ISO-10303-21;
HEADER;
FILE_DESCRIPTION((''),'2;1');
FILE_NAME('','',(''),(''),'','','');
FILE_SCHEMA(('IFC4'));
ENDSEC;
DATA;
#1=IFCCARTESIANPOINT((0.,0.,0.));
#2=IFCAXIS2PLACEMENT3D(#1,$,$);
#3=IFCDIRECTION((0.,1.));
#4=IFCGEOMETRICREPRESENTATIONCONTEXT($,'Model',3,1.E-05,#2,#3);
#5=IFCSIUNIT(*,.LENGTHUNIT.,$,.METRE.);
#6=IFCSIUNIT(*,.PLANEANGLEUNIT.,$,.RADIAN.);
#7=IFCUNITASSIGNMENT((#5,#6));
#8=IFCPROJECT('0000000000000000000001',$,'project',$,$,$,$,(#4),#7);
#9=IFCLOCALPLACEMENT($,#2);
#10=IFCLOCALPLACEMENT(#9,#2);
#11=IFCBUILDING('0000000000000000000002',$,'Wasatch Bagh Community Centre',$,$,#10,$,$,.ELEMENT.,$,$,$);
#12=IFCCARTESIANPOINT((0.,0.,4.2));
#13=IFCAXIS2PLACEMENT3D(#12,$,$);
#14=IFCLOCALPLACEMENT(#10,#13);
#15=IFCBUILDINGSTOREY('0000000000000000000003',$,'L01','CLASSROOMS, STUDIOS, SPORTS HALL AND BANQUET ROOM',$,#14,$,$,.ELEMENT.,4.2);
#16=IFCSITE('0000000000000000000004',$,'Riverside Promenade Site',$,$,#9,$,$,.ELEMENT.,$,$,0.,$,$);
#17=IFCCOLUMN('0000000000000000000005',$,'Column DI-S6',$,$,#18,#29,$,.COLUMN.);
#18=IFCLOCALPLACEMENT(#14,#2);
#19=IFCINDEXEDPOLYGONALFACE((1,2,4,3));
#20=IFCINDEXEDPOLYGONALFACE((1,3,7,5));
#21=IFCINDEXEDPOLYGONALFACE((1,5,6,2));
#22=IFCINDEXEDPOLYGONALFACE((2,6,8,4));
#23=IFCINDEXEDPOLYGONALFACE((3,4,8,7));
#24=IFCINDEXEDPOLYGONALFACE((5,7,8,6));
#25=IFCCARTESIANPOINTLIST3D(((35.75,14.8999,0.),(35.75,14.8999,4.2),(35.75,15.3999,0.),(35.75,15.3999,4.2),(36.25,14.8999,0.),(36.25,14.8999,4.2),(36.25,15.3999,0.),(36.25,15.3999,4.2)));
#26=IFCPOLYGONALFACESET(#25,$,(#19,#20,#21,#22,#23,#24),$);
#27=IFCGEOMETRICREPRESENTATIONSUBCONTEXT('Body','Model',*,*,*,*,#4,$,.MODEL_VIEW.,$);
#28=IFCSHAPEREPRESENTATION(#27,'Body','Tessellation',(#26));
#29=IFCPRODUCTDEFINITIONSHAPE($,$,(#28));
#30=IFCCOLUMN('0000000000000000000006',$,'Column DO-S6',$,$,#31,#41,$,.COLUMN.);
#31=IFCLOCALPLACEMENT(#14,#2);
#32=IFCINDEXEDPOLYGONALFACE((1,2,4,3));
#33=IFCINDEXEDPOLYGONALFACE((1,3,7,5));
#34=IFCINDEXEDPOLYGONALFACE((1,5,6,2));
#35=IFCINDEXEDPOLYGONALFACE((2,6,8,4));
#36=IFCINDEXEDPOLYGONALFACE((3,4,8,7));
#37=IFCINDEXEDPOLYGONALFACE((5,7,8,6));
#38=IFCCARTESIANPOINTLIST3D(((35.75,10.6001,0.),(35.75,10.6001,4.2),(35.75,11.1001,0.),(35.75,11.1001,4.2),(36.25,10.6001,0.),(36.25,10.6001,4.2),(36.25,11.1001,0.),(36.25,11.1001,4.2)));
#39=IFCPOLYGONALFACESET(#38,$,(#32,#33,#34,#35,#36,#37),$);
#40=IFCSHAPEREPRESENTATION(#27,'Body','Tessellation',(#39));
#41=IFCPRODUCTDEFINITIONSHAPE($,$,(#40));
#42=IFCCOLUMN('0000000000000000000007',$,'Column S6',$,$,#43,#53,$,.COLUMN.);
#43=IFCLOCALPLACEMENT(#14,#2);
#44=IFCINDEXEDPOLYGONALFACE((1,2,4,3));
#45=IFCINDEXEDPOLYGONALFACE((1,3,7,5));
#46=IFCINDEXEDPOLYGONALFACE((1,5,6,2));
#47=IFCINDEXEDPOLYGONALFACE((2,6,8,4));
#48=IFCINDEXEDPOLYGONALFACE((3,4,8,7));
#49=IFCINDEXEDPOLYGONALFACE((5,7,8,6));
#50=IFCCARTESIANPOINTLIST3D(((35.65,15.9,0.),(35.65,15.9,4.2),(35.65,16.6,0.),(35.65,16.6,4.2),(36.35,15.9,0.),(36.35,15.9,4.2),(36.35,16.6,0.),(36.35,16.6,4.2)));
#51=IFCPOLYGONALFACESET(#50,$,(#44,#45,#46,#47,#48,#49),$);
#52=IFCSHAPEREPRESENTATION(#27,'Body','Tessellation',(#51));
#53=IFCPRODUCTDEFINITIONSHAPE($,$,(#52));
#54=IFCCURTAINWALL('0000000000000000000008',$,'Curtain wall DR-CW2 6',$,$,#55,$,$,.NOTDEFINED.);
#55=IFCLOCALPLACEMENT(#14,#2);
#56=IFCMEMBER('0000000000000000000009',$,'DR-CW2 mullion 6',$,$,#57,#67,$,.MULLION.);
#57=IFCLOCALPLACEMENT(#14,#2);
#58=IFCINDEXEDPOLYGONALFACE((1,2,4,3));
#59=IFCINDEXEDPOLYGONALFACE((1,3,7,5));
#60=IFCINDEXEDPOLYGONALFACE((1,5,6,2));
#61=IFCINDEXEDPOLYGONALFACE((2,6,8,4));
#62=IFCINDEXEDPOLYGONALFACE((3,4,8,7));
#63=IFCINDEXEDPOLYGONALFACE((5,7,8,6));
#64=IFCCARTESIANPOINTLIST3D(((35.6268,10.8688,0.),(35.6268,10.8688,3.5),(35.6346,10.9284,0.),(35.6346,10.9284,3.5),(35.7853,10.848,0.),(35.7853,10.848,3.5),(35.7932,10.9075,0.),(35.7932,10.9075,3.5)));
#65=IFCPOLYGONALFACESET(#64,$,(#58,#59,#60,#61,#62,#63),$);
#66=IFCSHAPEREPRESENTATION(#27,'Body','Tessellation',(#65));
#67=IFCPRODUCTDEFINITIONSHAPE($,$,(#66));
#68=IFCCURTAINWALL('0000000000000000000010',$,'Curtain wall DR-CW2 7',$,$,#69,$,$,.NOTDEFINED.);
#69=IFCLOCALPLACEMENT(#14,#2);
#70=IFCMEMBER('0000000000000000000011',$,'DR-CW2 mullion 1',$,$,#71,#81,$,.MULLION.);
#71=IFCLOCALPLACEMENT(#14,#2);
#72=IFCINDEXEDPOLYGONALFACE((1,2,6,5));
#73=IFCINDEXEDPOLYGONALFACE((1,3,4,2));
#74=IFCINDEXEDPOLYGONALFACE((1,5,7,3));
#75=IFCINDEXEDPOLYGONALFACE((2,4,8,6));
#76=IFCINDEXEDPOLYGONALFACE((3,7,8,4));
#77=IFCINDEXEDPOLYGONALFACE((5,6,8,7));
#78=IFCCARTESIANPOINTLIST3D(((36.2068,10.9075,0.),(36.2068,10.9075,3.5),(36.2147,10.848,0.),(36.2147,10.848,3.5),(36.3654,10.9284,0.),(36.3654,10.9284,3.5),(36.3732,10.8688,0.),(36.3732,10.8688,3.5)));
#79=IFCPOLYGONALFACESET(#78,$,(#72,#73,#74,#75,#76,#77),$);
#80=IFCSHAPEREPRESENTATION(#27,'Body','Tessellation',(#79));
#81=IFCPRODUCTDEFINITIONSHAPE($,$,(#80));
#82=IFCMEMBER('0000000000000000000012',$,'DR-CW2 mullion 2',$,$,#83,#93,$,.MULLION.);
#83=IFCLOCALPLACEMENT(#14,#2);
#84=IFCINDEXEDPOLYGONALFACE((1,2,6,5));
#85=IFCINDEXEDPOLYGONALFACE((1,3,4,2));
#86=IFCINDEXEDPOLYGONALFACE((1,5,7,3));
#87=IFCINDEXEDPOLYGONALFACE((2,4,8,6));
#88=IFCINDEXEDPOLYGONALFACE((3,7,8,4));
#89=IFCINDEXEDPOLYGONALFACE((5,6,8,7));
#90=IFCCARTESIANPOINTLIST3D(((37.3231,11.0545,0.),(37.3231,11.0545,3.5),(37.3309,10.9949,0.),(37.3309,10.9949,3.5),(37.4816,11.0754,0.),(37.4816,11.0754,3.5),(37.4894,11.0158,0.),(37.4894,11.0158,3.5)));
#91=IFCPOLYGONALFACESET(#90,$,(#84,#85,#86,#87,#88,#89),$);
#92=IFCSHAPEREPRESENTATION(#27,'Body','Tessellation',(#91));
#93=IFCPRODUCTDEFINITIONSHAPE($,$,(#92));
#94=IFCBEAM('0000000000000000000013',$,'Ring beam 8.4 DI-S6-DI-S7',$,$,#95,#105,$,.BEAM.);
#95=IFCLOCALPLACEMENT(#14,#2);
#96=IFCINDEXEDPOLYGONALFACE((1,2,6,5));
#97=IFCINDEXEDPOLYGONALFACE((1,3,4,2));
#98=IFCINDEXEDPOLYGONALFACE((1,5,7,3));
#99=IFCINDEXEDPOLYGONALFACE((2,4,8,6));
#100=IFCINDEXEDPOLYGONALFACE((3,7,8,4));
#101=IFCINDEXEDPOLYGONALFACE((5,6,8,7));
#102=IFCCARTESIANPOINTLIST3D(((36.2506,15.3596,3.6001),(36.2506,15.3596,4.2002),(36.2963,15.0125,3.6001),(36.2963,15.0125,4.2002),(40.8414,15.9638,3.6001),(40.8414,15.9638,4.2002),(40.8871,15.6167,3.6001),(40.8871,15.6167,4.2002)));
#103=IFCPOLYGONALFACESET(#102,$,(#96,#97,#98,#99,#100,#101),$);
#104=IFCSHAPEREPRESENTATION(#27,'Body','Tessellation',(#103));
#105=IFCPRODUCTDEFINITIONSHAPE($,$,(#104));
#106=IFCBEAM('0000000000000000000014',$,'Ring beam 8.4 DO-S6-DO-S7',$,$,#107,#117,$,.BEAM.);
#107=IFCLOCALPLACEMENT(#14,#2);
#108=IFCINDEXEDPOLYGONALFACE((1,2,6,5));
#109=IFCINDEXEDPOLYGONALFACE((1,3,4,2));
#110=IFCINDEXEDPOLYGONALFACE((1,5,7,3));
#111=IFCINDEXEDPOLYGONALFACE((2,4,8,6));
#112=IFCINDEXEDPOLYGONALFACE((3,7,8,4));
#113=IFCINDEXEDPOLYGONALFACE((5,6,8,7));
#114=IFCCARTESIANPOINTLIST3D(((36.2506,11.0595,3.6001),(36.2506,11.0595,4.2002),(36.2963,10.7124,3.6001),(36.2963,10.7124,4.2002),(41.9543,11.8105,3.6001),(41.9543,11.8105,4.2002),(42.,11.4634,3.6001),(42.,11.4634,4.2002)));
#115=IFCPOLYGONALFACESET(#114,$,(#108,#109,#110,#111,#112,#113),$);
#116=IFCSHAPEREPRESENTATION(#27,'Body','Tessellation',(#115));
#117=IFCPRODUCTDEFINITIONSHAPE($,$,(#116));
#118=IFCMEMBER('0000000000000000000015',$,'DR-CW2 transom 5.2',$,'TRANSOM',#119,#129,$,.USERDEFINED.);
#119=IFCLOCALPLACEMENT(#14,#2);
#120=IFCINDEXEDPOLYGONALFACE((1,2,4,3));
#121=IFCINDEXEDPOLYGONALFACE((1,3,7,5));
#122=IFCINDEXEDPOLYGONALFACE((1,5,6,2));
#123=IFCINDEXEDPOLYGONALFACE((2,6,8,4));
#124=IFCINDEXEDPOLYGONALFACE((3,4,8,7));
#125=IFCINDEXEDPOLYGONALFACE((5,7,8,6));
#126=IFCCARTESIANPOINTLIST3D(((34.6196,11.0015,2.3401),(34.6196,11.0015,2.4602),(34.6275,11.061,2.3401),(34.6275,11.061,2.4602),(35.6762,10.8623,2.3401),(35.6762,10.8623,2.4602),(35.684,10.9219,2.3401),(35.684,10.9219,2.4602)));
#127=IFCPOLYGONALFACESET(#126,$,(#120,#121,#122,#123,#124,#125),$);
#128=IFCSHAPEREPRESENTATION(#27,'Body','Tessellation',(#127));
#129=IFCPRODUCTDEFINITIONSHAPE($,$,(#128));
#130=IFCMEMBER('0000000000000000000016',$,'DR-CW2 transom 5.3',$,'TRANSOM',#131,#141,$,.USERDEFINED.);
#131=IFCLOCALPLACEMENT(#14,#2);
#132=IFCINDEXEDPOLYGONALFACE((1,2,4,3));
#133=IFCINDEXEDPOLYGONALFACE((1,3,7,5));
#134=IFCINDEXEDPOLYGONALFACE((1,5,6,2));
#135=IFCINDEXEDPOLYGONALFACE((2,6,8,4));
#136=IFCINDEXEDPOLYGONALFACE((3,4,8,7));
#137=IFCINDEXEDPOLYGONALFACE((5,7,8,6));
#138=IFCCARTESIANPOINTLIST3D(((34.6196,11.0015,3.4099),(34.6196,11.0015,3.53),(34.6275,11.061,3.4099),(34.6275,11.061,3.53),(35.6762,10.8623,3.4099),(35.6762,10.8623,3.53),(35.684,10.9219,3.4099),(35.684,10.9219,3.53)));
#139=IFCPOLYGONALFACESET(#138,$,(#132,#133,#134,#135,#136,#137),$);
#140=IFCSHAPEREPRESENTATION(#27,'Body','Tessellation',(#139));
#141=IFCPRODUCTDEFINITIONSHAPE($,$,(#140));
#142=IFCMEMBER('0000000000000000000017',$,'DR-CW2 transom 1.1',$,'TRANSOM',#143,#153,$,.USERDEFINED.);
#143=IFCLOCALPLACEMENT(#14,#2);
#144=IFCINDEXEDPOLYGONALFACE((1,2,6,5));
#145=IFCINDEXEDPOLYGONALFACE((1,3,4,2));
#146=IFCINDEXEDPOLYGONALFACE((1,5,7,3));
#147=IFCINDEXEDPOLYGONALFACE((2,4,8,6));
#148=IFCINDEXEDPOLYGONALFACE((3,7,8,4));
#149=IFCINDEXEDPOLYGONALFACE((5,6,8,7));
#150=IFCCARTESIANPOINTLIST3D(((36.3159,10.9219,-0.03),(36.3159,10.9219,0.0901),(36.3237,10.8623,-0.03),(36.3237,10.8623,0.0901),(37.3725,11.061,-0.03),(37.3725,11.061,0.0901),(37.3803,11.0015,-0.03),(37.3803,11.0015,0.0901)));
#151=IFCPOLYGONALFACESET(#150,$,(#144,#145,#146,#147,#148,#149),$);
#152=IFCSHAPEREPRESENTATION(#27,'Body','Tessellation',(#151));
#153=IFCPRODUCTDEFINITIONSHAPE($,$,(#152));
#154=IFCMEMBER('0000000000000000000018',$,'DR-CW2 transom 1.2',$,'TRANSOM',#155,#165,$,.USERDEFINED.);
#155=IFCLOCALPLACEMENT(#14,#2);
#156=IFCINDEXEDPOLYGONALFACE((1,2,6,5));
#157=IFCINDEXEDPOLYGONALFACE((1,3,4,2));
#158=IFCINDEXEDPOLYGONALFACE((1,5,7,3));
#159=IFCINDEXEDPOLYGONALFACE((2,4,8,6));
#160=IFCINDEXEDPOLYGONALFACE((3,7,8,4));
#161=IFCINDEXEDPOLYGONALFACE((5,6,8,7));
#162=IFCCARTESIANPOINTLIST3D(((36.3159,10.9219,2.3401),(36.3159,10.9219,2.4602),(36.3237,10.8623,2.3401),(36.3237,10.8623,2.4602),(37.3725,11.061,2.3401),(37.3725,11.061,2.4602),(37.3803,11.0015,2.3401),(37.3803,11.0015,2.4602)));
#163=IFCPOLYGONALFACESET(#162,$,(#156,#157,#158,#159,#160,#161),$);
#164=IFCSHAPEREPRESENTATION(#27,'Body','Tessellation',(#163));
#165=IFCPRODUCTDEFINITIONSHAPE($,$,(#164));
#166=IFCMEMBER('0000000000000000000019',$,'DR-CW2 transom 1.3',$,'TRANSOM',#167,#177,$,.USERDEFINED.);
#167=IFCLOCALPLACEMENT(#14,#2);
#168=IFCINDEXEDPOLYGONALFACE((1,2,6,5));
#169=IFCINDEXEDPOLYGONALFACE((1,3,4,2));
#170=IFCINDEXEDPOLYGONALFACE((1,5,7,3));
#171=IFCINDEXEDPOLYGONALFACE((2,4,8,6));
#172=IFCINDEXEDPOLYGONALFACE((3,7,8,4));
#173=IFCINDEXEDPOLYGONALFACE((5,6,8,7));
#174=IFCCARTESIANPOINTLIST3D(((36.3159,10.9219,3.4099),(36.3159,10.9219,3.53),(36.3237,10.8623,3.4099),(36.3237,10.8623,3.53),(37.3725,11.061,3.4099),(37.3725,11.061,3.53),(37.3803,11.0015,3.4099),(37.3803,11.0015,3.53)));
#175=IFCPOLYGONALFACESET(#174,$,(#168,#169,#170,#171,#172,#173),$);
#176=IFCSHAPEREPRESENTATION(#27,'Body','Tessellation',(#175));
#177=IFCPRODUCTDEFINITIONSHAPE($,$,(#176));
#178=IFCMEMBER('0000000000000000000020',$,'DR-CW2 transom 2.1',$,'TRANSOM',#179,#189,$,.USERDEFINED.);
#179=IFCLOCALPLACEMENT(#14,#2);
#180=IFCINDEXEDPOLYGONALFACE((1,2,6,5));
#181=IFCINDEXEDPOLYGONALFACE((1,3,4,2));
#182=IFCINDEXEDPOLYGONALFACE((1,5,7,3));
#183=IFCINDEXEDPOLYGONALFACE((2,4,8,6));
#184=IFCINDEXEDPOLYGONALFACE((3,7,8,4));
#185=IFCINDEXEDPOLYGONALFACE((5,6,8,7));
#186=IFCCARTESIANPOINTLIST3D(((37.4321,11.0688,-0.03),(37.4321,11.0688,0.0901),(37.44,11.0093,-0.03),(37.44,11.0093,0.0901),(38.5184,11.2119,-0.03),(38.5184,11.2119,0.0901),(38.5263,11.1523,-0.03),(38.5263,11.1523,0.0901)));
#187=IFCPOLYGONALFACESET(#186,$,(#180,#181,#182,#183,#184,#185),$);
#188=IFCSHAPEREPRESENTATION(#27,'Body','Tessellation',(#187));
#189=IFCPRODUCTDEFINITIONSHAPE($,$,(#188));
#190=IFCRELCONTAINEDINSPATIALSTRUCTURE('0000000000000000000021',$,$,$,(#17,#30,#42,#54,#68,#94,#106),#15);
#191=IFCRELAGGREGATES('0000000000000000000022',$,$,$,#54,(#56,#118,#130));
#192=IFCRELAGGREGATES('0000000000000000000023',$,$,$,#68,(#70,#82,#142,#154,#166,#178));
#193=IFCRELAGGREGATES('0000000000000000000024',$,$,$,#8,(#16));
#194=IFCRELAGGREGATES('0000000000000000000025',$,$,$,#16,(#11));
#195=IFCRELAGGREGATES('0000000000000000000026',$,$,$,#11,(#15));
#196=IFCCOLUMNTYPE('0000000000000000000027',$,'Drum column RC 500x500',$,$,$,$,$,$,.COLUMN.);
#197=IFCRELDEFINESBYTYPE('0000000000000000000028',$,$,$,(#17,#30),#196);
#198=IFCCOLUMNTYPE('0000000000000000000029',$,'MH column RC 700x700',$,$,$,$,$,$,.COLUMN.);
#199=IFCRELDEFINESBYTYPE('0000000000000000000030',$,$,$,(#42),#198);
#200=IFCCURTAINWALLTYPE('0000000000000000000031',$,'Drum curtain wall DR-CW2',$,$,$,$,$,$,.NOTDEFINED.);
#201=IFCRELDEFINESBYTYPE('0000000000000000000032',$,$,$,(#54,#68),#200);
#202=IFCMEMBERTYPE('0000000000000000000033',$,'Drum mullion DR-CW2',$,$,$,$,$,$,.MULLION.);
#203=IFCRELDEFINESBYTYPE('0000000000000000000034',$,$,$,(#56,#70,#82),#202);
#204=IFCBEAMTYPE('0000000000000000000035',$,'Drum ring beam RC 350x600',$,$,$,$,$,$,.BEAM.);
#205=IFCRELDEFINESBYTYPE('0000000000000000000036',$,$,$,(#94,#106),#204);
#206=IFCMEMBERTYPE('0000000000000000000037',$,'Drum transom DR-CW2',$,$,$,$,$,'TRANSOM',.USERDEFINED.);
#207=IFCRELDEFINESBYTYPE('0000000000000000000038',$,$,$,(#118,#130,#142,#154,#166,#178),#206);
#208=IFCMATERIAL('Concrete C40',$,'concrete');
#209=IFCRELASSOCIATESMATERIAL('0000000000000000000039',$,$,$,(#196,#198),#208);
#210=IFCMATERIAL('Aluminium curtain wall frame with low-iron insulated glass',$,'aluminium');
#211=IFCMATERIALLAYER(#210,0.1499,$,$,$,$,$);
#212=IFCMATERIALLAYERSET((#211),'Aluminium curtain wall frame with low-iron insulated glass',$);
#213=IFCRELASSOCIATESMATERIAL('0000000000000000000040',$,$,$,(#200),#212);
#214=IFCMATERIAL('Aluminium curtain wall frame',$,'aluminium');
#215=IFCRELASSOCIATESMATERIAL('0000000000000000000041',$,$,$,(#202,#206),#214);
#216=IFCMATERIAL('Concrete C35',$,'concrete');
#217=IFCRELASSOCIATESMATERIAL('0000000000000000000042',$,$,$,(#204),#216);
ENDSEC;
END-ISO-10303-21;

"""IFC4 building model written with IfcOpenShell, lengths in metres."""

from ifc_helpers import new_model, si_unit, direction, frame, origin, origin_2d, place, context, subcontext, project, spatial, rectangle, extrude, material, layer, layer_set, material_profile, profile_set, type_object, element, aggregate, save


model = new_model("IFC4")

# Units and contexts
model_context = context("Model", 3, precision=1e-05, world=origin(), true_north=direction((0.0, 1.0)))
body_context = subcontext(model_context, "Body", "Model", "MODEL_VIEW")
ifc_project = project(units=[si_unit("LENGTHUNIT", "METRE"), si_unit("PLANEANGLEUNIT", "RADIAN")], contexts=[model_context])

# Site, building, storey
site_placement = place(None, origin())
site = spatial("IfcSite", under=ifc_project, at=site_placement, Name="Riverside Promenade Site", CompositionType="ELEMENT", RefElevation=0.0)
building_placement = place(site_placement, origin())
building = spatial("IfcBuilding", under=site, at=building_placement, Name="Wasatch Bagh Community Centre", CompositionType="ELEMENT")
storey_placement = place(building_placement, frame((0.0, 0.0, 4.2)))
storey = spatial("IfcBuildingStorey", under=building, at=storey_placement, Name="L01", Description="CLASSROOMS, STUDIOS, SPORTS HALL AND BANQUET ROOM", CompositionType="ELEMENT", Elevation=4.2)

# Columns
ifc_material_1 = material(Name="Concrete C40", Category="concrete")
ifc_material_profile_1 = material_profile(ifc_material_1, rectangle(XDim=0.5, YDim=0.5, at=origin_2d()), Name="RC 500x500")
ifc_profile_set_1 = profile_set([ifc_material_profile_1], Name="Concrete C40")
column_type_1 = type_object("IfcColumnType", Name="Drum column RC 500x500", PredefinedType="COLUMN", material=ifc_profile_set_1)
for number, where, z_axis, x_axis, name in (
    (1, (36.0, 15.1499, 0.0), (0.0, 0.0, 1.0), (1.0, 0.0, 0.0), "Column DI-S6"),
    (2, (36.0, 10.8501, 0.0), (0.0, 0.0, 1.0), (1.0, 0.0, 0.0), "Column DO-S6"),
):
    element("IfcColumn", number, at=place(storey_placement, frame(where, z_axis=z_axis, x_axis=x_axis)), inside=storey, type_object=column_type_1, Name=name, PredefinedType="COLUMN", context=body_context, shape_type="SweptSolid", body=[
        extrude(rectangle(XDim=0.5, YDim=0.5, at=origin_2d()), origin(), (0.0, 0.0, 1.0), 4.2),
    ])
ifc_material_profile_2 = material_profile(ifc_material_1, rectangle(XDim=0.7, YDim=0.7, at=origin_2d()), Name="RC 700x700")
ifc_profile_set_2 = profile_set([ifc_material_profile_2], Name="Concrete C40")
column_type_2 = type_object("IfcColumnType", Name="MH column RC 700x700", PredefinedType="COLUMN", material=ifc_profile_set_2)
column_placement = place(storey_placement, frame((36.0, 16.25, 0.0), z_axis=(0.0, 0.0, 1.0), x_axis=(1.0, 0.0, 0.0)))
element("IfcColumn", 3, at=column_placement, inside=storey, type_object=column_type_2, Name="Column S6", PredefinedType="COLUMN", context=body_context, shape_type="SweptSolid", body=[
    extrude(rectangle(XDim=0.7, YDim=0.7, at=origin_2d()), origin(), (0.0, 0.0, 1.0), 4.2),
])

# Curtain wall, member
ifc_material_2 = material(Name="Aluminium curtain wall frame with low-iron insulated glass", Category="aluminium")
ifc_layer_1 = layer(ifc_material_2, 0.1499)
ifc_layer_set_1 = layer_set([ifc_layer_1], Name="Aluminium curtain wall frame with low-iron insulated glass")
curtain_wall_type = type_object("IfcCurtainWallType", Name="Drum curtain wall DR-CW2", PredefinedType="NOTDEFINED", material=ifc_layer_set_1)
curtain_wall_1_placement = place(storey_placement, origin())
curtain_wall_1 = element("IfcCurtainWall", 4, at=curtain_wall_1_placement, inside=storey, type_object=curtain_wall_type, Name="Curtain wall DR-CW2 6", PredefinedType="NOTDEFINED")
ifc_material_3 = material(Name="Aluminium curtain wall frame", Category="aluminium")
ifc_material_profile_3 = material_profile(ifc_material_3, rectangle(XDim=0.0601, YDim=0.1599, at=origin_2d()), Name="Drum mullion DR-CW2")
ifc_profile_set_3 = profile_set([ifc_material_profile_3], Name="Aluminium curtain wall frame")
member_type_1 = type_object("IfcMemberType", Name="Drum mullion DR-CW2", PredefinedType="MULLION", material=ifc_profile_set_3)
member_1_placement = place(storey_placement, frame((35.71, 10.8882, 0.0), z_axis=(0.0, 0.0, 1.0), x_axis=(0.130526, 0.991445, 0.0)))
member_1 = element("IfcMember", 5, at=member_1_placement, type_object=member_type_1, Name="DR-CW2 mullion 6", PredefinedType="MULLION", context=body_context, shape_type="SweptSolid", body=[
    extrude(rectangle(XDim=0.0601, YDim=0.1599, at=origin_2d()), origin(), (0.0, 0.0, 1.0), 3.5),
])

# Curtain wall, members
curtain_wall_2_placement = place(storey_placement, origin())
curtain_wall_2 = element("IfcCurtainWall", 6, at=curtain_wall_2_placement, inside=storey, type_object=curtain_wall_type, Name="Curtain wall DR-CW2 7", PredefinedType="NOTDEFINED")
member_2_placement = place(storey_placement, frame((36.29, 10.8882, 0.0), z_axis=(0.0, 0.0, 1.0), x_axis=(-0.130526, 0.991445, 0.0)))
member_2 = element("IfcMember", 7, at=member_2_placement, type_object=member_type_1, Name="DR-CW2 mullion 1", PredefinedType="MULLION", context=body_context, shape_type="SweptSolid", body=[
    extrude(rectangle(XDim=0.0601, YDim=0.1599, at=origin_2d()), origin(), (0.0, 0.0, 1.0), 3.5),
])
member_3_placement = place(storey_placement, frame((37.4062, 11.0352, 0.0), z_axis=(0.0, 0.0, 1.0), x_axis=(-0.130526, 0.991445, 0.0)))
member_3 = element("IfcMember", 8, at=member_3_placement, type_object=member_type_1, Name="DR-CW2 mullion 2", PredefinedType="MULLION", context=body_context, shape_type="SweptSolid", body=[
    extrude(rectangle(XDim=0.0601, YDim=0.1599, at=origin_2d()), origin(), (0.0, 0.0, 1.0), 3.5),
])

# Beams
ifc_material_4 = material(Name="Concrete C35", Category="concrete")
ifc_material_profile_4 = material_profile(ifc_material_4, rectangle(XDim=0.3501, YDim=0.6001, at=origin_2d()), Name="RC 350x600")
ifc_profile_set_4 = profile_set([ifc_material_profile_4], Name="Concrete C35")
beam_type_1 = type_object("IfcBeamType", Name="Drum ring beam RC 350x600", PredefinedType="BEAM", material=ifc_profile_set_4)
beam_1_placement = place(storey_placement, frame((36.2734, 15.186, 3.9001), z_axis=(0.991449, 0.130495, 0.0), x_axis=(-0.130495, 0.991449, 0.0)))
element("IfcBeam", 9, at=beam_1_placement, inside=storey, type_object=beam_type_1, Name="Ring beam 8.4 DI-S6-DI-S7", PredefinedType="BEAM", context=body_context, shape_type="SweptSolid", body=[
    extrude(rectangle(XDim=0.3501, YDim=0.6001, at=origin_2d()), origin(), (0.0, 0.0, 1.0), 4.6304),
])
beam_2_placement = place(storey_placement, frame((36.2734, 10.886, 3.9001), z_axis=(0.991443, 0.13054, 0.0), x_axis=(-0.13054, 0.991443, 0.0)))
element("IfcBeam", 10, at=beam_2_placement, inside=storey, type_object=beam_type_1, Name="Ring beam 8.4 DO-S6-DO-S7", PredefinedType="BEAM", context=body_context, shape_type="SweptSolid", body=[
    extrude(rectangle(XDim=0.3501, YDim=0.6001, at=origin_2d()), origin(), (0.0, 0.0, 1.0), 5.7529),
])

# Members
ifc_material_profile_5 = material_profile(ifc_material_3, rectangle(XDim=0.0601, YDim=0.1201, at=origin_2d()), Name="Drum transom DR-CW2")
ifc_profile_set_5 = profile_set([ifc_material_profile_5], Name="Aluminium curtain wall frame")
member_type_2 = type_object("IfcMemberType", Name="Drum transom DR-CW2", ElementType="TRANSOM", PredefinedType="USERDEFINED", material=ifc_profile_set_5)
member_4_placement = place(storey_placement, frame((34.6235, 11.0312, 2.4001), z_axis=(0.991439, -0.130573, 0.0), x_axis=(0.130573, 0.991439, 0.0)))
member_4 = element("IfcMember", 11, at=member_4_placement, type_object=member_type_2, Name="DR-CW2 transom 5.2", ObjectType="TRANSOM", PredefinedType="USERDEFINED", context=body_context, shape_type="SweptSolid", body=[
    extrude(rectangle(XDim=0.0601, YDim=0.1201, at=origin_2d()), origin(), (0.0, 0.0, 1.0), 1.0657),
])
member_5_placement = place(storey_placement, frame((34.6235, 11.0312, 3.47), z_axis=(0.991439, -0.130573, 0.0), x_axis=(0.130573, 0.991439, 0.0)))
member_5 = element("IfcMember", 12, at=member_5_placement, type_object=member_type_2, Name="DR-CW2 transom 5.3", ObjectType="TRANSOM", PredefinedType="USERDEFINED", context=body_context, shape_type="SweptSolid", body=[
    extrude(rectangle(XDim=0.0601, YDim=0.1201, at=origin_2d()), origin(), (0.0, 0.0, 1.0), 1.0657),
])
member_6_placement = place(storey_placement, frame((36.3198, 10.8921, 0.03), z_axis=(0.991439, 0.130573, 0.0), x_axis=(-0.130573, 0.991439, 0.0)))
member_6 = element("IfcMember", 13, at=member_6_placement, type_object=member_type_2, Name="DR-CW2 transom 1.1", ObjectType="TRANSOM", PredefinedType="USERDEFINED", context=body_context, shape_type="SweptSolid", body=[
    extrude(rectangle(XDim=0.0601, YDim=0.1201, at=origin_2d()), origin(), (0.0, 0.0, 1.0), 1.0657),
])
member_7_placement = place(storey_placement, frame((36.3198, 10.8921, 2.4001), z_axis=(0.991439, 0.130573, 0.0), x_axis=(-0.130573, 0.991439, 0.0)))
member_7 = element("IfcMember", 14, at=member_7_placement, type_object=member_type_2, Name="DR-CW2 transom 1.2", ObjectType="TRANSOM", PredefinedType="USERDEFINED", context=body_context, shape_type="SweptSolid", body=[
    extrude(rectangle(XDim=0.0601, YDim=0.1201, at=origin_2d()), origin(), (0.0, 0.0, 1.0), 1.0657),
])
member_8_placement = place(storey_placement, frame((36.3198, 10.8921, 3.47), z_axis=(0.991439, 0.130573, 0.0), x_axis=(-0.130573, 0.991439, 0.0)))
member_8 = element("IfcMember", 15, at=member_8_placement, type_object=member_type_2, Name="DR-CW2 transom 1.3", ObjectType="TRANSOM", PredefinedType="USERDEFINED", context=body_context, shape_type="SweptSolid", body=[
    extrude(rectangle(XDim=0.0601, YDim=0.1201, at=origin_2d()), origin(), (0.0, 0.0, 1.0), 1.0657),
])
member_9_placement = place(storey_placement, frame((37.436, 11.0391, 0.03), z_axis=(0.991441, 0.130558, 0.0), x_axis=(-0.130558, 0.991441, 0.0)))
member_9 = element("IfcMember", 16, at=member_9_placement, type_object=member_type_2, Name="DR-CW2 transom 2.1", ObjectType="TRANSOM", PredefinedType="USERDEFINED", context=body_context, shape_type="SweptSolid", body=[
    extrude(rectangle(XDim=0.0601, YDim=0.1201, at=origin_2d()), origin(), (0.0, 0.0, 1.0), 1.0957),
])

aggregate(curtain_wall_1, [member_1, member_4, member_5])
aggregate(curtain_wall_2, [member_2, member_3, member_6, member_7, member_8, member_9])

save(model, "model.ifc")
